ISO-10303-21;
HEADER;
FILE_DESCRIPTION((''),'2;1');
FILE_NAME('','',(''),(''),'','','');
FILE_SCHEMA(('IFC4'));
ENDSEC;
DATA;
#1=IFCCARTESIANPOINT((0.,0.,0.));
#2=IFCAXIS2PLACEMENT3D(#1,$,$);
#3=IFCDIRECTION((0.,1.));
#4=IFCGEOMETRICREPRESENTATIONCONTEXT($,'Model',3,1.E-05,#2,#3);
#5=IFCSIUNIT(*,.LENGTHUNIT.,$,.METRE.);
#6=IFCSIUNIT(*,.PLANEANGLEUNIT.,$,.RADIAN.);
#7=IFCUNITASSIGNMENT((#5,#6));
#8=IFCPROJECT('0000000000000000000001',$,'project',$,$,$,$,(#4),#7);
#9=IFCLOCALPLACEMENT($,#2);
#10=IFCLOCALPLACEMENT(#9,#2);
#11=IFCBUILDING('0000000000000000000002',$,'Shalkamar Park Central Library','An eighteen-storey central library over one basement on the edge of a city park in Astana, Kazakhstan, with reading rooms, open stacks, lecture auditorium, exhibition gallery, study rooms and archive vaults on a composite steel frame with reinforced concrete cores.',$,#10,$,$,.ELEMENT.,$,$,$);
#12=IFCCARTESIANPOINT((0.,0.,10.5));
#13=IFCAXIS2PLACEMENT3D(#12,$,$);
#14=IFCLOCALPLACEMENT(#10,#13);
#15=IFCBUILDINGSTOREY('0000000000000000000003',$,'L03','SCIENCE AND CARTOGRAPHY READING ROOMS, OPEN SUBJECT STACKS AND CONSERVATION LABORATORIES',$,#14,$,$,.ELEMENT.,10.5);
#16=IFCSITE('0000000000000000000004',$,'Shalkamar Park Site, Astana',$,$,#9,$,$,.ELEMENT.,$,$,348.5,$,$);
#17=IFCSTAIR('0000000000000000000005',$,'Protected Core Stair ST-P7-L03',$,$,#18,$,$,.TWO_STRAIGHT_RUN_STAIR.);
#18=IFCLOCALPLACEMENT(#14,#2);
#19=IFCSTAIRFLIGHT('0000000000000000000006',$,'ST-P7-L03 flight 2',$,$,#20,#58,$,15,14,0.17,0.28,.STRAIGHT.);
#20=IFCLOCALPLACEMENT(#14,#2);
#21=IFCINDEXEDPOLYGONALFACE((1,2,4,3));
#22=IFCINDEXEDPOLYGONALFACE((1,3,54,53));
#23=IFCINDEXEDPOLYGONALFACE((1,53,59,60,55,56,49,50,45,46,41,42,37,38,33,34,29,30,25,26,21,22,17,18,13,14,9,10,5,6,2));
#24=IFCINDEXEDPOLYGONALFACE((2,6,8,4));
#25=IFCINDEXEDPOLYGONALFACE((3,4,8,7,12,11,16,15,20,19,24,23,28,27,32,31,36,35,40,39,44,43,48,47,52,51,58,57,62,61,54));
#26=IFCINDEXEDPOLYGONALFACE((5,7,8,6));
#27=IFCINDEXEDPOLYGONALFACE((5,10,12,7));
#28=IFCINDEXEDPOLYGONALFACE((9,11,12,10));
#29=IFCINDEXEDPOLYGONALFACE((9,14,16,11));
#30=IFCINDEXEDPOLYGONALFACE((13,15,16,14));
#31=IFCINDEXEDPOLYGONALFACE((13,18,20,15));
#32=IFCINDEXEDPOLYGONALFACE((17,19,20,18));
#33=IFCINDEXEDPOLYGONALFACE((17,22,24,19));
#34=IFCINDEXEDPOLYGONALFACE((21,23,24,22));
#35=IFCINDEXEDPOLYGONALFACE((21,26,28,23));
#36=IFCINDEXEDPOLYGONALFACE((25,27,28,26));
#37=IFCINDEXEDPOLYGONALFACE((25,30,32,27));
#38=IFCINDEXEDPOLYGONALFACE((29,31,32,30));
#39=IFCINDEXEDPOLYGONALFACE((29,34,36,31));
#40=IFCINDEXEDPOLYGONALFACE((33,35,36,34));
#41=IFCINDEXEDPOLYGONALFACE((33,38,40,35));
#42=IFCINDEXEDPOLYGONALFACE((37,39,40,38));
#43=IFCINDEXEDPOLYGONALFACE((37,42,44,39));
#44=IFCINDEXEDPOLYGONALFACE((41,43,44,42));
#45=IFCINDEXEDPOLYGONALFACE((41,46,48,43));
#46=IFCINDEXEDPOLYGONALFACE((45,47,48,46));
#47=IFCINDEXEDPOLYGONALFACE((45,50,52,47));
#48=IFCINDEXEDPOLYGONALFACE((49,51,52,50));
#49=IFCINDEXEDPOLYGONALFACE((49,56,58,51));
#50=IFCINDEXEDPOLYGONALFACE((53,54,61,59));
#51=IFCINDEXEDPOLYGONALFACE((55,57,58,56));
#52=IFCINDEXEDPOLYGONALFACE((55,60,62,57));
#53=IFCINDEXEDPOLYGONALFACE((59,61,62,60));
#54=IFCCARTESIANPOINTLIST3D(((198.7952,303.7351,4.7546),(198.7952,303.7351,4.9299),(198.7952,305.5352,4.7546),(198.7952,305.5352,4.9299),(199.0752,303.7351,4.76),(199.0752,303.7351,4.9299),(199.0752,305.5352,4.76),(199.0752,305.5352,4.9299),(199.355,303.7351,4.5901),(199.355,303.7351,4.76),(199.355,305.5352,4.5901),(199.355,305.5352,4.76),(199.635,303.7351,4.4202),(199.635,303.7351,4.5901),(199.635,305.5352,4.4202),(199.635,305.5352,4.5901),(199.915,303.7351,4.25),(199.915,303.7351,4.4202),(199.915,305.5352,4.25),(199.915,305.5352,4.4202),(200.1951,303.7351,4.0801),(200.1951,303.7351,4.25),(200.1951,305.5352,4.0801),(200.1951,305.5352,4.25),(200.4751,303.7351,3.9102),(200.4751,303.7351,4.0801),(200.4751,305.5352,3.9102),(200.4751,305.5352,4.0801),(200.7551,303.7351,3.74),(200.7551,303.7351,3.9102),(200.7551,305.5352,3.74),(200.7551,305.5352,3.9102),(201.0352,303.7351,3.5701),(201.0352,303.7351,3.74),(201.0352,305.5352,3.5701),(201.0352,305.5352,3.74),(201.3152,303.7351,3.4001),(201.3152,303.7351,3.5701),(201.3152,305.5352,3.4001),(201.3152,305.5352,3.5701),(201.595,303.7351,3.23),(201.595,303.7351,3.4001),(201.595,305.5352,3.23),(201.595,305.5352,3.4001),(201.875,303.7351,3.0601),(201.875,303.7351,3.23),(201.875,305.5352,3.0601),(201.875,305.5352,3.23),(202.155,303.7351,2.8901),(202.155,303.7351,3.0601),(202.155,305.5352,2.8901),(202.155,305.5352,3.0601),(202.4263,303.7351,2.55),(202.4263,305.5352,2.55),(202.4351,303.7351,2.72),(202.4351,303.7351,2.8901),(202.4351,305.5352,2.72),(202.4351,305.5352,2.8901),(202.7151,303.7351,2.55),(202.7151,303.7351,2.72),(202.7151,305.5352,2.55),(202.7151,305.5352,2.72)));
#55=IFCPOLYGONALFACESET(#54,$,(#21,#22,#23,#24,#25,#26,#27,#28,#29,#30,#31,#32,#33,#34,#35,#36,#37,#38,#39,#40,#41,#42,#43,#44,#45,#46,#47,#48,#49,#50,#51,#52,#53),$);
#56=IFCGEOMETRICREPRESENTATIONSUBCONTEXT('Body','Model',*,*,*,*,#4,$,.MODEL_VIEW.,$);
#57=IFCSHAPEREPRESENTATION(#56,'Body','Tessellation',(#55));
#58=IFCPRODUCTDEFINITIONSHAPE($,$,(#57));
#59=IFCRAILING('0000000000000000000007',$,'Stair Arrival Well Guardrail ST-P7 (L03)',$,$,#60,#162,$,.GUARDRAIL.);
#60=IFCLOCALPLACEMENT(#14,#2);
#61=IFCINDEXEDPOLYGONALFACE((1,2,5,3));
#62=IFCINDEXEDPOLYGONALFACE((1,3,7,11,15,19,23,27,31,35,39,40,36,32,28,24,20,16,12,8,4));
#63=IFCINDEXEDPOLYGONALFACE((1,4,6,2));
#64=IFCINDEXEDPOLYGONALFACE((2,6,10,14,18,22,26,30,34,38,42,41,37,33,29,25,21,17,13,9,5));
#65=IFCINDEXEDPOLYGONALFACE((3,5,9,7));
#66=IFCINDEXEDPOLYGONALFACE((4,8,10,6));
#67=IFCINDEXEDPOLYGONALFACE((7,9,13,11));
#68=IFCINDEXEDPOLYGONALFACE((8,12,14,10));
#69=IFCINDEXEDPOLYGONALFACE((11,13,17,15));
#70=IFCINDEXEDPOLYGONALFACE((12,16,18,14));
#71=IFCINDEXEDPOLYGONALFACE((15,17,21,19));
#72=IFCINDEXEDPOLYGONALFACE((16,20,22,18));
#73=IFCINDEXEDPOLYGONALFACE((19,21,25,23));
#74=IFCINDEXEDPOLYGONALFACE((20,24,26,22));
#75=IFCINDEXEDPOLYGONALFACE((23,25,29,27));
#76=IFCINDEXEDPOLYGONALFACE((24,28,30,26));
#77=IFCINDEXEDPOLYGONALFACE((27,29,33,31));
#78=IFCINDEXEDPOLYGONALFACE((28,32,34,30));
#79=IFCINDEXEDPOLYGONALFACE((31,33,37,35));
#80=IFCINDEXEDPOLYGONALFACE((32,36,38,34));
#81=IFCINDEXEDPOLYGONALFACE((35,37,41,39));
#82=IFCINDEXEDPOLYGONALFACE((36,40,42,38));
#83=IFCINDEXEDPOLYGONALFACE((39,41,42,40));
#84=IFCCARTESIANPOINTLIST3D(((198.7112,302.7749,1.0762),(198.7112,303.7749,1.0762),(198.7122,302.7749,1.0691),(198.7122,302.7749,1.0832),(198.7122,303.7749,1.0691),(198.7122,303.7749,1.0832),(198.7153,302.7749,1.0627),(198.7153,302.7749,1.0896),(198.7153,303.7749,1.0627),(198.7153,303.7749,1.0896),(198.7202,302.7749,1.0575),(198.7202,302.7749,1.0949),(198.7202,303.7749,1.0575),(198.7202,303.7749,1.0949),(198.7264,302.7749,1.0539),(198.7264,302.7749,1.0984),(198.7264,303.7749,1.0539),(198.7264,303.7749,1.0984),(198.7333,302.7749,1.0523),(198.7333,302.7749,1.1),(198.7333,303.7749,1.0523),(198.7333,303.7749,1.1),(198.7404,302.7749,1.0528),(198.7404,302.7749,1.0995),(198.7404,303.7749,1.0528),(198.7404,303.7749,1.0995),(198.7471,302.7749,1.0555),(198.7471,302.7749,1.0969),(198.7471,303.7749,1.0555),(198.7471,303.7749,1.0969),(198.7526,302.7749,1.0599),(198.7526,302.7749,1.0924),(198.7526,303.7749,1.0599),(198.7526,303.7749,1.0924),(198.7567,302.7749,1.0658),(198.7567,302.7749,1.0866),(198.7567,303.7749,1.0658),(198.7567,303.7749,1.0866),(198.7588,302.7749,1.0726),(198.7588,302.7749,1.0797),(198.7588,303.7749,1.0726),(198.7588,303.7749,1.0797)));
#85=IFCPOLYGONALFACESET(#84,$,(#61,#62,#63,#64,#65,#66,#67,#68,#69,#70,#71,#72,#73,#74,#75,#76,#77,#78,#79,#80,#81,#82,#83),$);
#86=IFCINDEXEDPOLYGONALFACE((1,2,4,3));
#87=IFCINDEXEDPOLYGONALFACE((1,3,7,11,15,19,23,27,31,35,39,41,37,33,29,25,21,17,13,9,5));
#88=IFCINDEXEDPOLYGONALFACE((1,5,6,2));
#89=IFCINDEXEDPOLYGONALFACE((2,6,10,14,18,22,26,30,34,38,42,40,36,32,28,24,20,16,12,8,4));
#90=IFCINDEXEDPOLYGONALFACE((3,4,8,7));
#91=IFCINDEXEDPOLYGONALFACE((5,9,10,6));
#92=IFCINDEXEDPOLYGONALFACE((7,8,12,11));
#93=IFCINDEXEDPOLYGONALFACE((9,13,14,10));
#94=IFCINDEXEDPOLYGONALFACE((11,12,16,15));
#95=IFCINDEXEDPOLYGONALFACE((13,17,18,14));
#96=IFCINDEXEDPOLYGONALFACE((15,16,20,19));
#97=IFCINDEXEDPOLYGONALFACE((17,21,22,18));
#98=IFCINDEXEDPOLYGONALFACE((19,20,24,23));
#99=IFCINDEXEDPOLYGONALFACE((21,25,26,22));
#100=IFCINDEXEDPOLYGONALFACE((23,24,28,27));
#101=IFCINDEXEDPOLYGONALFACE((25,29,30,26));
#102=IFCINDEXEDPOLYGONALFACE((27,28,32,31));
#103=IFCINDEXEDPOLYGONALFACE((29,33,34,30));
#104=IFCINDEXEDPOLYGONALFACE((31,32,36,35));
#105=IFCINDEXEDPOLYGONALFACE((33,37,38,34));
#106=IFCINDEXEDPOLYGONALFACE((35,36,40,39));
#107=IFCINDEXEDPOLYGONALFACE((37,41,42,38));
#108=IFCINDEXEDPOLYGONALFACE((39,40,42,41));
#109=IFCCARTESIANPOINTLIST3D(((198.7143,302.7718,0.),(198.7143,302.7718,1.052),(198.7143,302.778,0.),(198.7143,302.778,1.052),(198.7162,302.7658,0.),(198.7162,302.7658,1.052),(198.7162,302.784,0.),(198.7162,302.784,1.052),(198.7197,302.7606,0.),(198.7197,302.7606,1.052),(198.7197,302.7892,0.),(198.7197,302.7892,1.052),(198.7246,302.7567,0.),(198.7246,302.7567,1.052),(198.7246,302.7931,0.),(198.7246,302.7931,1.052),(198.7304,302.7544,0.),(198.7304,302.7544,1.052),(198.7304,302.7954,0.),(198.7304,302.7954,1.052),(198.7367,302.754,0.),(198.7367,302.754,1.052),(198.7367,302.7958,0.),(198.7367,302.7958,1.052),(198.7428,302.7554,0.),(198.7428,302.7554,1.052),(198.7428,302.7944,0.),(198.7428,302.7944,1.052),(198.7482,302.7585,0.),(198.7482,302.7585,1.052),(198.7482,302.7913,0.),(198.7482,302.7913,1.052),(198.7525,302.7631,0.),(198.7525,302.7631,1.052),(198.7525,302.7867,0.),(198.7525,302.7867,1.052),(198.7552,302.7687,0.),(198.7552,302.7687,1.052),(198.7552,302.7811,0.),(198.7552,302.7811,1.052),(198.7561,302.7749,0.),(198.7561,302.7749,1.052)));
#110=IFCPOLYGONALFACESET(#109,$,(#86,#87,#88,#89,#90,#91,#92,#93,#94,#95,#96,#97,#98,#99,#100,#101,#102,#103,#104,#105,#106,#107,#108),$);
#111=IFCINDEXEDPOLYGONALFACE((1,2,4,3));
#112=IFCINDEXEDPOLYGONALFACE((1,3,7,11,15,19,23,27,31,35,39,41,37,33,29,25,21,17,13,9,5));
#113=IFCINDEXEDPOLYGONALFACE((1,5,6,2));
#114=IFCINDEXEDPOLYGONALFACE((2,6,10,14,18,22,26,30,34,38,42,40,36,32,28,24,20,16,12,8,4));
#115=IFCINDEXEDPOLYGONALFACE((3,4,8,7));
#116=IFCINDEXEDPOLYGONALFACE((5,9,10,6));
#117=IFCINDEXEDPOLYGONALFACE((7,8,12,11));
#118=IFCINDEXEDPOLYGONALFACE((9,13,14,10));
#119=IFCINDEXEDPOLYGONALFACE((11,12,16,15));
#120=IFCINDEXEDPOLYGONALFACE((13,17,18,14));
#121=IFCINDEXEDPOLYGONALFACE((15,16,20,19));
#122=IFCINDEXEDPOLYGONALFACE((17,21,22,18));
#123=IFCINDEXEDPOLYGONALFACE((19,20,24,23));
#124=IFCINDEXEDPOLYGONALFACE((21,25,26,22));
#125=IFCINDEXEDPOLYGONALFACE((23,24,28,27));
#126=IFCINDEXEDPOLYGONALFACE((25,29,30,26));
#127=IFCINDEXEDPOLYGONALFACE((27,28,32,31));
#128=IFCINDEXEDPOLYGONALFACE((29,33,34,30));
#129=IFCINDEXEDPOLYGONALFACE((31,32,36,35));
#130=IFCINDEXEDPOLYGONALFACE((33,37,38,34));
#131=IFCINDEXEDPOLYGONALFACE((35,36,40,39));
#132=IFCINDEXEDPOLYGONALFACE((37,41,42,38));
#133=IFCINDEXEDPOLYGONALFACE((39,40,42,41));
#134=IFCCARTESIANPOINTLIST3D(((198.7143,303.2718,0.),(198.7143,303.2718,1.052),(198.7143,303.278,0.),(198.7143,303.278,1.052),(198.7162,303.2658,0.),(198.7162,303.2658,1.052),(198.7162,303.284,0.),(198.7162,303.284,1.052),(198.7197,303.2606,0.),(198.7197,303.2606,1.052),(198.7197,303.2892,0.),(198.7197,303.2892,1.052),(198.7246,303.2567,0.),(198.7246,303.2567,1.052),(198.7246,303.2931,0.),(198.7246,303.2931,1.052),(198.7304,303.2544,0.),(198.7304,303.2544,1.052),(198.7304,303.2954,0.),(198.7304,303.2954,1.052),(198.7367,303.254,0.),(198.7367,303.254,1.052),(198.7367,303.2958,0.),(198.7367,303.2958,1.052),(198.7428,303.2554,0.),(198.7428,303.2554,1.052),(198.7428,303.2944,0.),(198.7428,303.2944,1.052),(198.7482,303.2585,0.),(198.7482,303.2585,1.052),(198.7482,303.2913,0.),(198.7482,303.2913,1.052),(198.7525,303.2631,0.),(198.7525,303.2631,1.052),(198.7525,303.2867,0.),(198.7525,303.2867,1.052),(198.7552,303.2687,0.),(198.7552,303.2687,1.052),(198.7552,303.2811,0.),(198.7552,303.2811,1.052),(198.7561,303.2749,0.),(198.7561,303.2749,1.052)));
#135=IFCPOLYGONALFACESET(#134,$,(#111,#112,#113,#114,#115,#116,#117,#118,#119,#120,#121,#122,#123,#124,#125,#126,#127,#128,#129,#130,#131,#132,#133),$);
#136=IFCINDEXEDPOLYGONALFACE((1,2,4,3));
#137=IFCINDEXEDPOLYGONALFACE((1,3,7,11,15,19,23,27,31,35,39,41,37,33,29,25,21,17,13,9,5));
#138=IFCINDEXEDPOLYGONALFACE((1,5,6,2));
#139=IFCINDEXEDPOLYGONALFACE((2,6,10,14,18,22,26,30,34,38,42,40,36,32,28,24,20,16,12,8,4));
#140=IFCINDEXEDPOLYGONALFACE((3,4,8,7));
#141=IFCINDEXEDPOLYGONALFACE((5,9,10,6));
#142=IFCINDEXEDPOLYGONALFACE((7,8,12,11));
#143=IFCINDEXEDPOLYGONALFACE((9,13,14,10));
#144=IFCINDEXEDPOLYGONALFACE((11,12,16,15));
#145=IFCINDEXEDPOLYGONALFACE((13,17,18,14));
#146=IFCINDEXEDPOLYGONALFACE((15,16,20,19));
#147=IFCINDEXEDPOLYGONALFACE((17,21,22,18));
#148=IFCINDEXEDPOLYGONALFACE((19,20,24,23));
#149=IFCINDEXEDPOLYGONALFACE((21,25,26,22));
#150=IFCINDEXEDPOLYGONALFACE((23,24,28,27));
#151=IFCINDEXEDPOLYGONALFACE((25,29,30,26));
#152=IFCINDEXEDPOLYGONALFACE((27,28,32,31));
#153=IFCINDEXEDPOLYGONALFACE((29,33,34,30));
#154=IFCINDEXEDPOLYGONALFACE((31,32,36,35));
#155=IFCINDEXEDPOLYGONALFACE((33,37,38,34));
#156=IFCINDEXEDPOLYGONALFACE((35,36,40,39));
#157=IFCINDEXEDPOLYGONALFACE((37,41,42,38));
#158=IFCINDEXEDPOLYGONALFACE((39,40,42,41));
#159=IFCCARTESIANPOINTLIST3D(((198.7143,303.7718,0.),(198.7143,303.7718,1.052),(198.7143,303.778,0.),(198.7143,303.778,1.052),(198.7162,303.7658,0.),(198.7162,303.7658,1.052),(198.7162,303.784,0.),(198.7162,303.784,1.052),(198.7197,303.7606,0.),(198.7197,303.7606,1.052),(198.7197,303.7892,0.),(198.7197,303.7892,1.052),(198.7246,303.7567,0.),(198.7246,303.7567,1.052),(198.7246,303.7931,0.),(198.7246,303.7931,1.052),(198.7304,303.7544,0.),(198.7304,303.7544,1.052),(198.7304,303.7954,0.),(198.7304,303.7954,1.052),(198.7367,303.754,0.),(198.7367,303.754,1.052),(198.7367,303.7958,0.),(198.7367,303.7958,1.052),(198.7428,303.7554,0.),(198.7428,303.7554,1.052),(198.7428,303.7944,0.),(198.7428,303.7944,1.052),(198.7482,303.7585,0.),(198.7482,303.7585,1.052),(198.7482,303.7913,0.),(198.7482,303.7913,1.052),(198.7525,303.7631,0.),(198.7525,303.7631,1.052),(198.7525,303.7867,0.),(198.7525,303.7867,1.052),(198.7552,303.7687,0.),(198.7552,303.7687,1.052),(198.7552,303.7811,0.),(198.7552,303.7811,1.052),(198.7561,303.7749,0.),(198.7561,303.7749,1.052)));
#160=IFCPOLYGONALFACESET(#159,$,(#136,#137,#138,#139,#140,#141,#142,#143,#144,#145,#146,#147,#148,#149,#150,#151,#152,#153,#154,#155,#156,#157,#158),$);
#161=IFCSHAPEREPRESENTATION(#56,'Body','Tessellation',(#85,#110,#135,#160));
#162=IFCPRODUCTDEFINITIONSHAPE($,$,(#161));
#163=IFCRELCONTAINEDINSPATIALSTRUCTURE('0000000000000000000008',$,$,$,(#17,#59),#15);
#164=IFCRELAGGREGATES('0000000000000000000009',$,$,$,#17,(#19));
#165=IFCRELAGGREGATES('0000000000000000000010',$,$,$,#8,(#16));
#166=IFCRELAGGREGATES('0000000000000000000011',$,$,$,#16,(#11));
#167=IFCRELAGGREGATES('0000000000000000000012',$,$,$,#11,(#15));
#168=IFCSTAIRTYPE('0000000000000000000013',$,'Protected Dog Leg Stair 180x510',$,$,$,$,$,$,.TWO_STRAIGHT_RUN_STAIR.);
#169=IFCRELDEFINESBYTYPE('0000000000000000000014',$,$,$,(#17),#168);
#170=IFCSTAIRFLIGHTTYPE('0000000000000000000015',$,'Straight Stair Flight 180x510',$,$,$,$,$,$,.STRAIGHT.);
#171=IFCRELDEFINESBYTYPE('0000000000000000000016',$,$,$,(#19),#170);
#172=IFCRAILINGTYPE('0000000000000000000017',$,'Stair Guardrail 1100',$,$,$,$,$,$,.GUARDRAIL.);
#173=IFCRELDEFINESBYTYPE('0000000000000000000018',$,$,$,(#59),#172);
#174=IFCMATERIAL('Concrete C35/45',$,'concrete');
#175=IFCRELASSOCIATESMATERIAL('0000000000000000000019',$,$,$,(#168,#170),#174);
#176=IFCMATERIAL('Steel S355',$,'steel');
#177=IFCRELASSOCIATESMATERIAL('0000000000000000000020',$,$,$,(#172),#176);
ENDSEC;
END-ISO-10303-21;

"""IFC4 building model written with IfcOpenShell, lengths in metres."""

from ifc_helpers import new_model, si_unit, direction, frame, origin, origin_2d, place, context, subcontext, project, spatial, polyline, circle, outline, extrude, material, type_object, element, aggregate, save


model = new_model("IFC4")

# Units and contexts
model_context = context("Model", 3, precision=1e-05, world=origin(), true_north=direction((0.0, 1.0)))
body_context = subcontext(model_context, "Body", "Model", "MODEL_VIEW")
ifc_project = project(units=[si_unit("LENGTHUNIT", "METRE"), si_unit("PLANEANGLEUNIT", "RADIAN")], contexts=[model_context])

# Site, building, storey
site_placement = place(None, origin())
site = spatial("IfcSite", under=ifc_project, at=site_placement, Name="Shalkamar Park Site, Astana", CompositionType="ELEMENT", RefElevation=348.5)
building_placement = place(site_placement, origin())
building = spatial("IfcBuilding", under=site, at=building_placement, Name="Shalkamar Park Central Library", Description="An eighteen-storey central library over one basement on the edge of a city park in Astana, Kazakhstan, with reading rooms, open stacks, lecture auditorium, exhibition gallery, study rooms and archive vaults on a composite steel frame with reinforced concrete cores.", CompositionType="ELEMENT")
storey_placement = place(building_placement, frame((0.0, 0.0, 10.5)))
storey = spatial("IfcBuildingStorey", under=building, at=storey_placement, Name="L03", Description="SCIENCE AND CARTOGRAPHY READING ROOMS, OPEN SUBJECT STACKS AND CONSERVATION LABORATORIES", CompositionType="ELEMENT", Elevation=10.5)

# Shared definitions
ifc_material_1 = material(Name="Steel S355", Category="steel")

# Stair, stair flight
ifc_material_2 = material(Name="Concrete C35/45", Category="concrete")
stair_type = type_object("IfcStairType", Name="Protected Dog Leg Stair 180x510", PredefinedType="TWO_STRAIGHT_RUN_STAIR", material=ifc_material_2)
stair_placement = place(storey_placement, origin())
stair = element("IfcStair", 1, at=stair_placement, inside=storey, type_object=stair_type, Name="Protected Core Stair ST-P7-L03", PredefinedType="TWO_STRAIGHT_RUN_STAIR")
stair_flight_type = type_object("IfcStairFlightType", Name="Straight Stair Flight 180x510", PredefinedType="STRAIGHT", material=ifc_material_2)
stair_flight_1_placement = place(storey_placement, frame((202.7151, 304.635, 2.55), z_axis=(0.0, 0.0, 1.0), x_axis=(-1.0, 0.0, 0.0)))
stair_flight_1 = element("IfcStairFlight", 2, at=stair_flight_1_placement, type_object=stair_flight_type, Name="ST-P7-L03 flight 2", NumberOfRisers=15, NumberOfTreads=14, PredefinedType="STRAIGHT", RiserHeight=0.17, TreadLength=0.28, context=body_context, shape_type="SweptSolid", body=[
    extrude(outline(polyline([(0.0, 0.0), (0.0, 0.1699), (0.28, 0.1699), (0.28, 0.3401), (0.5601, 0.3401), (0.5601, 0.51), (0.8401, 0.51), (0.8401, 0.6799), (1.1201, 0.6799), (1.1201, 0.8501), (1.3999, 0.8501), (1.3999, 1.02), (1.6799, 1.02), (1.6799, 1.1899), (1.96, 1.1899), (1.96, 1.3601), (2.24, 1.3601), (2.24, 1.53), (2.52, 1.53), (2.52, 1.7), (2.8, 1.7), (2.8, 1.8701), (3.0801, 1.8701), (3.0801, 2.04), (3.3601, 2.04), (3.3601, 2.21), (3.6399, 2.21), (3.6399, 2.3799), (3.9199, 2.3799), (3.9199, 2.55), (3.9199, 2.2046), (0.2888, 0.0), (0.0, 0.0)])), frame((0.0, 0.8999, 0.0), z_axis=(0.0, -1.0, 0.0), x_axis=(1.0, 0.0, 0.0)), (0.0, 0.0, 1.0), 1.8),
])
aggregate(stair, [stair_flight_1])

# Railing
railing_type = type_object("IfcRailingType", Name="Stair Guardrail 1100", PredefinedType="GUARDRAIL", material=ifc_material_1)
railing_1_placement = place(storey_placement, frame((198.7351, 302.7749, 0.0)))
element("IfcRailing", 3, at=railing_1_placement, inside=storey, type_object=railing_type, Name="Stair Arrival Well Guardrail ST-P7 (L03)", PredefinedType="GUARDRAIL", context=body_context, shape_type="SweptSolid", body=[
    extrude(circle(Radius=0.0239, at=origin_2d()), frame((0.0, 0.0, 1.0762), z_axis=(0.0, 1.0, 0.0), x_axis=(-1.0, 0.0, 0.0)), (0.0, 0.0, 1.0), 1.0),
    extrude(circle(Radius=0.021, at=origin_2d()), origin(), (0.0, 0.0, 1.0), 1.052),
    extrude(circle(Radius=0.021, at=origin_2d()), frame((0.0, 0.5, 0.0)), (0.0, 0.0, 1.0), 1.052),
    extrude(circle(Radius=0.021, at=origin_2d()), frame((0.0, 1.0, 0.0)), (0.0, 0.0, 1.0), 1.052),
])

save(model, "model.ifc")
